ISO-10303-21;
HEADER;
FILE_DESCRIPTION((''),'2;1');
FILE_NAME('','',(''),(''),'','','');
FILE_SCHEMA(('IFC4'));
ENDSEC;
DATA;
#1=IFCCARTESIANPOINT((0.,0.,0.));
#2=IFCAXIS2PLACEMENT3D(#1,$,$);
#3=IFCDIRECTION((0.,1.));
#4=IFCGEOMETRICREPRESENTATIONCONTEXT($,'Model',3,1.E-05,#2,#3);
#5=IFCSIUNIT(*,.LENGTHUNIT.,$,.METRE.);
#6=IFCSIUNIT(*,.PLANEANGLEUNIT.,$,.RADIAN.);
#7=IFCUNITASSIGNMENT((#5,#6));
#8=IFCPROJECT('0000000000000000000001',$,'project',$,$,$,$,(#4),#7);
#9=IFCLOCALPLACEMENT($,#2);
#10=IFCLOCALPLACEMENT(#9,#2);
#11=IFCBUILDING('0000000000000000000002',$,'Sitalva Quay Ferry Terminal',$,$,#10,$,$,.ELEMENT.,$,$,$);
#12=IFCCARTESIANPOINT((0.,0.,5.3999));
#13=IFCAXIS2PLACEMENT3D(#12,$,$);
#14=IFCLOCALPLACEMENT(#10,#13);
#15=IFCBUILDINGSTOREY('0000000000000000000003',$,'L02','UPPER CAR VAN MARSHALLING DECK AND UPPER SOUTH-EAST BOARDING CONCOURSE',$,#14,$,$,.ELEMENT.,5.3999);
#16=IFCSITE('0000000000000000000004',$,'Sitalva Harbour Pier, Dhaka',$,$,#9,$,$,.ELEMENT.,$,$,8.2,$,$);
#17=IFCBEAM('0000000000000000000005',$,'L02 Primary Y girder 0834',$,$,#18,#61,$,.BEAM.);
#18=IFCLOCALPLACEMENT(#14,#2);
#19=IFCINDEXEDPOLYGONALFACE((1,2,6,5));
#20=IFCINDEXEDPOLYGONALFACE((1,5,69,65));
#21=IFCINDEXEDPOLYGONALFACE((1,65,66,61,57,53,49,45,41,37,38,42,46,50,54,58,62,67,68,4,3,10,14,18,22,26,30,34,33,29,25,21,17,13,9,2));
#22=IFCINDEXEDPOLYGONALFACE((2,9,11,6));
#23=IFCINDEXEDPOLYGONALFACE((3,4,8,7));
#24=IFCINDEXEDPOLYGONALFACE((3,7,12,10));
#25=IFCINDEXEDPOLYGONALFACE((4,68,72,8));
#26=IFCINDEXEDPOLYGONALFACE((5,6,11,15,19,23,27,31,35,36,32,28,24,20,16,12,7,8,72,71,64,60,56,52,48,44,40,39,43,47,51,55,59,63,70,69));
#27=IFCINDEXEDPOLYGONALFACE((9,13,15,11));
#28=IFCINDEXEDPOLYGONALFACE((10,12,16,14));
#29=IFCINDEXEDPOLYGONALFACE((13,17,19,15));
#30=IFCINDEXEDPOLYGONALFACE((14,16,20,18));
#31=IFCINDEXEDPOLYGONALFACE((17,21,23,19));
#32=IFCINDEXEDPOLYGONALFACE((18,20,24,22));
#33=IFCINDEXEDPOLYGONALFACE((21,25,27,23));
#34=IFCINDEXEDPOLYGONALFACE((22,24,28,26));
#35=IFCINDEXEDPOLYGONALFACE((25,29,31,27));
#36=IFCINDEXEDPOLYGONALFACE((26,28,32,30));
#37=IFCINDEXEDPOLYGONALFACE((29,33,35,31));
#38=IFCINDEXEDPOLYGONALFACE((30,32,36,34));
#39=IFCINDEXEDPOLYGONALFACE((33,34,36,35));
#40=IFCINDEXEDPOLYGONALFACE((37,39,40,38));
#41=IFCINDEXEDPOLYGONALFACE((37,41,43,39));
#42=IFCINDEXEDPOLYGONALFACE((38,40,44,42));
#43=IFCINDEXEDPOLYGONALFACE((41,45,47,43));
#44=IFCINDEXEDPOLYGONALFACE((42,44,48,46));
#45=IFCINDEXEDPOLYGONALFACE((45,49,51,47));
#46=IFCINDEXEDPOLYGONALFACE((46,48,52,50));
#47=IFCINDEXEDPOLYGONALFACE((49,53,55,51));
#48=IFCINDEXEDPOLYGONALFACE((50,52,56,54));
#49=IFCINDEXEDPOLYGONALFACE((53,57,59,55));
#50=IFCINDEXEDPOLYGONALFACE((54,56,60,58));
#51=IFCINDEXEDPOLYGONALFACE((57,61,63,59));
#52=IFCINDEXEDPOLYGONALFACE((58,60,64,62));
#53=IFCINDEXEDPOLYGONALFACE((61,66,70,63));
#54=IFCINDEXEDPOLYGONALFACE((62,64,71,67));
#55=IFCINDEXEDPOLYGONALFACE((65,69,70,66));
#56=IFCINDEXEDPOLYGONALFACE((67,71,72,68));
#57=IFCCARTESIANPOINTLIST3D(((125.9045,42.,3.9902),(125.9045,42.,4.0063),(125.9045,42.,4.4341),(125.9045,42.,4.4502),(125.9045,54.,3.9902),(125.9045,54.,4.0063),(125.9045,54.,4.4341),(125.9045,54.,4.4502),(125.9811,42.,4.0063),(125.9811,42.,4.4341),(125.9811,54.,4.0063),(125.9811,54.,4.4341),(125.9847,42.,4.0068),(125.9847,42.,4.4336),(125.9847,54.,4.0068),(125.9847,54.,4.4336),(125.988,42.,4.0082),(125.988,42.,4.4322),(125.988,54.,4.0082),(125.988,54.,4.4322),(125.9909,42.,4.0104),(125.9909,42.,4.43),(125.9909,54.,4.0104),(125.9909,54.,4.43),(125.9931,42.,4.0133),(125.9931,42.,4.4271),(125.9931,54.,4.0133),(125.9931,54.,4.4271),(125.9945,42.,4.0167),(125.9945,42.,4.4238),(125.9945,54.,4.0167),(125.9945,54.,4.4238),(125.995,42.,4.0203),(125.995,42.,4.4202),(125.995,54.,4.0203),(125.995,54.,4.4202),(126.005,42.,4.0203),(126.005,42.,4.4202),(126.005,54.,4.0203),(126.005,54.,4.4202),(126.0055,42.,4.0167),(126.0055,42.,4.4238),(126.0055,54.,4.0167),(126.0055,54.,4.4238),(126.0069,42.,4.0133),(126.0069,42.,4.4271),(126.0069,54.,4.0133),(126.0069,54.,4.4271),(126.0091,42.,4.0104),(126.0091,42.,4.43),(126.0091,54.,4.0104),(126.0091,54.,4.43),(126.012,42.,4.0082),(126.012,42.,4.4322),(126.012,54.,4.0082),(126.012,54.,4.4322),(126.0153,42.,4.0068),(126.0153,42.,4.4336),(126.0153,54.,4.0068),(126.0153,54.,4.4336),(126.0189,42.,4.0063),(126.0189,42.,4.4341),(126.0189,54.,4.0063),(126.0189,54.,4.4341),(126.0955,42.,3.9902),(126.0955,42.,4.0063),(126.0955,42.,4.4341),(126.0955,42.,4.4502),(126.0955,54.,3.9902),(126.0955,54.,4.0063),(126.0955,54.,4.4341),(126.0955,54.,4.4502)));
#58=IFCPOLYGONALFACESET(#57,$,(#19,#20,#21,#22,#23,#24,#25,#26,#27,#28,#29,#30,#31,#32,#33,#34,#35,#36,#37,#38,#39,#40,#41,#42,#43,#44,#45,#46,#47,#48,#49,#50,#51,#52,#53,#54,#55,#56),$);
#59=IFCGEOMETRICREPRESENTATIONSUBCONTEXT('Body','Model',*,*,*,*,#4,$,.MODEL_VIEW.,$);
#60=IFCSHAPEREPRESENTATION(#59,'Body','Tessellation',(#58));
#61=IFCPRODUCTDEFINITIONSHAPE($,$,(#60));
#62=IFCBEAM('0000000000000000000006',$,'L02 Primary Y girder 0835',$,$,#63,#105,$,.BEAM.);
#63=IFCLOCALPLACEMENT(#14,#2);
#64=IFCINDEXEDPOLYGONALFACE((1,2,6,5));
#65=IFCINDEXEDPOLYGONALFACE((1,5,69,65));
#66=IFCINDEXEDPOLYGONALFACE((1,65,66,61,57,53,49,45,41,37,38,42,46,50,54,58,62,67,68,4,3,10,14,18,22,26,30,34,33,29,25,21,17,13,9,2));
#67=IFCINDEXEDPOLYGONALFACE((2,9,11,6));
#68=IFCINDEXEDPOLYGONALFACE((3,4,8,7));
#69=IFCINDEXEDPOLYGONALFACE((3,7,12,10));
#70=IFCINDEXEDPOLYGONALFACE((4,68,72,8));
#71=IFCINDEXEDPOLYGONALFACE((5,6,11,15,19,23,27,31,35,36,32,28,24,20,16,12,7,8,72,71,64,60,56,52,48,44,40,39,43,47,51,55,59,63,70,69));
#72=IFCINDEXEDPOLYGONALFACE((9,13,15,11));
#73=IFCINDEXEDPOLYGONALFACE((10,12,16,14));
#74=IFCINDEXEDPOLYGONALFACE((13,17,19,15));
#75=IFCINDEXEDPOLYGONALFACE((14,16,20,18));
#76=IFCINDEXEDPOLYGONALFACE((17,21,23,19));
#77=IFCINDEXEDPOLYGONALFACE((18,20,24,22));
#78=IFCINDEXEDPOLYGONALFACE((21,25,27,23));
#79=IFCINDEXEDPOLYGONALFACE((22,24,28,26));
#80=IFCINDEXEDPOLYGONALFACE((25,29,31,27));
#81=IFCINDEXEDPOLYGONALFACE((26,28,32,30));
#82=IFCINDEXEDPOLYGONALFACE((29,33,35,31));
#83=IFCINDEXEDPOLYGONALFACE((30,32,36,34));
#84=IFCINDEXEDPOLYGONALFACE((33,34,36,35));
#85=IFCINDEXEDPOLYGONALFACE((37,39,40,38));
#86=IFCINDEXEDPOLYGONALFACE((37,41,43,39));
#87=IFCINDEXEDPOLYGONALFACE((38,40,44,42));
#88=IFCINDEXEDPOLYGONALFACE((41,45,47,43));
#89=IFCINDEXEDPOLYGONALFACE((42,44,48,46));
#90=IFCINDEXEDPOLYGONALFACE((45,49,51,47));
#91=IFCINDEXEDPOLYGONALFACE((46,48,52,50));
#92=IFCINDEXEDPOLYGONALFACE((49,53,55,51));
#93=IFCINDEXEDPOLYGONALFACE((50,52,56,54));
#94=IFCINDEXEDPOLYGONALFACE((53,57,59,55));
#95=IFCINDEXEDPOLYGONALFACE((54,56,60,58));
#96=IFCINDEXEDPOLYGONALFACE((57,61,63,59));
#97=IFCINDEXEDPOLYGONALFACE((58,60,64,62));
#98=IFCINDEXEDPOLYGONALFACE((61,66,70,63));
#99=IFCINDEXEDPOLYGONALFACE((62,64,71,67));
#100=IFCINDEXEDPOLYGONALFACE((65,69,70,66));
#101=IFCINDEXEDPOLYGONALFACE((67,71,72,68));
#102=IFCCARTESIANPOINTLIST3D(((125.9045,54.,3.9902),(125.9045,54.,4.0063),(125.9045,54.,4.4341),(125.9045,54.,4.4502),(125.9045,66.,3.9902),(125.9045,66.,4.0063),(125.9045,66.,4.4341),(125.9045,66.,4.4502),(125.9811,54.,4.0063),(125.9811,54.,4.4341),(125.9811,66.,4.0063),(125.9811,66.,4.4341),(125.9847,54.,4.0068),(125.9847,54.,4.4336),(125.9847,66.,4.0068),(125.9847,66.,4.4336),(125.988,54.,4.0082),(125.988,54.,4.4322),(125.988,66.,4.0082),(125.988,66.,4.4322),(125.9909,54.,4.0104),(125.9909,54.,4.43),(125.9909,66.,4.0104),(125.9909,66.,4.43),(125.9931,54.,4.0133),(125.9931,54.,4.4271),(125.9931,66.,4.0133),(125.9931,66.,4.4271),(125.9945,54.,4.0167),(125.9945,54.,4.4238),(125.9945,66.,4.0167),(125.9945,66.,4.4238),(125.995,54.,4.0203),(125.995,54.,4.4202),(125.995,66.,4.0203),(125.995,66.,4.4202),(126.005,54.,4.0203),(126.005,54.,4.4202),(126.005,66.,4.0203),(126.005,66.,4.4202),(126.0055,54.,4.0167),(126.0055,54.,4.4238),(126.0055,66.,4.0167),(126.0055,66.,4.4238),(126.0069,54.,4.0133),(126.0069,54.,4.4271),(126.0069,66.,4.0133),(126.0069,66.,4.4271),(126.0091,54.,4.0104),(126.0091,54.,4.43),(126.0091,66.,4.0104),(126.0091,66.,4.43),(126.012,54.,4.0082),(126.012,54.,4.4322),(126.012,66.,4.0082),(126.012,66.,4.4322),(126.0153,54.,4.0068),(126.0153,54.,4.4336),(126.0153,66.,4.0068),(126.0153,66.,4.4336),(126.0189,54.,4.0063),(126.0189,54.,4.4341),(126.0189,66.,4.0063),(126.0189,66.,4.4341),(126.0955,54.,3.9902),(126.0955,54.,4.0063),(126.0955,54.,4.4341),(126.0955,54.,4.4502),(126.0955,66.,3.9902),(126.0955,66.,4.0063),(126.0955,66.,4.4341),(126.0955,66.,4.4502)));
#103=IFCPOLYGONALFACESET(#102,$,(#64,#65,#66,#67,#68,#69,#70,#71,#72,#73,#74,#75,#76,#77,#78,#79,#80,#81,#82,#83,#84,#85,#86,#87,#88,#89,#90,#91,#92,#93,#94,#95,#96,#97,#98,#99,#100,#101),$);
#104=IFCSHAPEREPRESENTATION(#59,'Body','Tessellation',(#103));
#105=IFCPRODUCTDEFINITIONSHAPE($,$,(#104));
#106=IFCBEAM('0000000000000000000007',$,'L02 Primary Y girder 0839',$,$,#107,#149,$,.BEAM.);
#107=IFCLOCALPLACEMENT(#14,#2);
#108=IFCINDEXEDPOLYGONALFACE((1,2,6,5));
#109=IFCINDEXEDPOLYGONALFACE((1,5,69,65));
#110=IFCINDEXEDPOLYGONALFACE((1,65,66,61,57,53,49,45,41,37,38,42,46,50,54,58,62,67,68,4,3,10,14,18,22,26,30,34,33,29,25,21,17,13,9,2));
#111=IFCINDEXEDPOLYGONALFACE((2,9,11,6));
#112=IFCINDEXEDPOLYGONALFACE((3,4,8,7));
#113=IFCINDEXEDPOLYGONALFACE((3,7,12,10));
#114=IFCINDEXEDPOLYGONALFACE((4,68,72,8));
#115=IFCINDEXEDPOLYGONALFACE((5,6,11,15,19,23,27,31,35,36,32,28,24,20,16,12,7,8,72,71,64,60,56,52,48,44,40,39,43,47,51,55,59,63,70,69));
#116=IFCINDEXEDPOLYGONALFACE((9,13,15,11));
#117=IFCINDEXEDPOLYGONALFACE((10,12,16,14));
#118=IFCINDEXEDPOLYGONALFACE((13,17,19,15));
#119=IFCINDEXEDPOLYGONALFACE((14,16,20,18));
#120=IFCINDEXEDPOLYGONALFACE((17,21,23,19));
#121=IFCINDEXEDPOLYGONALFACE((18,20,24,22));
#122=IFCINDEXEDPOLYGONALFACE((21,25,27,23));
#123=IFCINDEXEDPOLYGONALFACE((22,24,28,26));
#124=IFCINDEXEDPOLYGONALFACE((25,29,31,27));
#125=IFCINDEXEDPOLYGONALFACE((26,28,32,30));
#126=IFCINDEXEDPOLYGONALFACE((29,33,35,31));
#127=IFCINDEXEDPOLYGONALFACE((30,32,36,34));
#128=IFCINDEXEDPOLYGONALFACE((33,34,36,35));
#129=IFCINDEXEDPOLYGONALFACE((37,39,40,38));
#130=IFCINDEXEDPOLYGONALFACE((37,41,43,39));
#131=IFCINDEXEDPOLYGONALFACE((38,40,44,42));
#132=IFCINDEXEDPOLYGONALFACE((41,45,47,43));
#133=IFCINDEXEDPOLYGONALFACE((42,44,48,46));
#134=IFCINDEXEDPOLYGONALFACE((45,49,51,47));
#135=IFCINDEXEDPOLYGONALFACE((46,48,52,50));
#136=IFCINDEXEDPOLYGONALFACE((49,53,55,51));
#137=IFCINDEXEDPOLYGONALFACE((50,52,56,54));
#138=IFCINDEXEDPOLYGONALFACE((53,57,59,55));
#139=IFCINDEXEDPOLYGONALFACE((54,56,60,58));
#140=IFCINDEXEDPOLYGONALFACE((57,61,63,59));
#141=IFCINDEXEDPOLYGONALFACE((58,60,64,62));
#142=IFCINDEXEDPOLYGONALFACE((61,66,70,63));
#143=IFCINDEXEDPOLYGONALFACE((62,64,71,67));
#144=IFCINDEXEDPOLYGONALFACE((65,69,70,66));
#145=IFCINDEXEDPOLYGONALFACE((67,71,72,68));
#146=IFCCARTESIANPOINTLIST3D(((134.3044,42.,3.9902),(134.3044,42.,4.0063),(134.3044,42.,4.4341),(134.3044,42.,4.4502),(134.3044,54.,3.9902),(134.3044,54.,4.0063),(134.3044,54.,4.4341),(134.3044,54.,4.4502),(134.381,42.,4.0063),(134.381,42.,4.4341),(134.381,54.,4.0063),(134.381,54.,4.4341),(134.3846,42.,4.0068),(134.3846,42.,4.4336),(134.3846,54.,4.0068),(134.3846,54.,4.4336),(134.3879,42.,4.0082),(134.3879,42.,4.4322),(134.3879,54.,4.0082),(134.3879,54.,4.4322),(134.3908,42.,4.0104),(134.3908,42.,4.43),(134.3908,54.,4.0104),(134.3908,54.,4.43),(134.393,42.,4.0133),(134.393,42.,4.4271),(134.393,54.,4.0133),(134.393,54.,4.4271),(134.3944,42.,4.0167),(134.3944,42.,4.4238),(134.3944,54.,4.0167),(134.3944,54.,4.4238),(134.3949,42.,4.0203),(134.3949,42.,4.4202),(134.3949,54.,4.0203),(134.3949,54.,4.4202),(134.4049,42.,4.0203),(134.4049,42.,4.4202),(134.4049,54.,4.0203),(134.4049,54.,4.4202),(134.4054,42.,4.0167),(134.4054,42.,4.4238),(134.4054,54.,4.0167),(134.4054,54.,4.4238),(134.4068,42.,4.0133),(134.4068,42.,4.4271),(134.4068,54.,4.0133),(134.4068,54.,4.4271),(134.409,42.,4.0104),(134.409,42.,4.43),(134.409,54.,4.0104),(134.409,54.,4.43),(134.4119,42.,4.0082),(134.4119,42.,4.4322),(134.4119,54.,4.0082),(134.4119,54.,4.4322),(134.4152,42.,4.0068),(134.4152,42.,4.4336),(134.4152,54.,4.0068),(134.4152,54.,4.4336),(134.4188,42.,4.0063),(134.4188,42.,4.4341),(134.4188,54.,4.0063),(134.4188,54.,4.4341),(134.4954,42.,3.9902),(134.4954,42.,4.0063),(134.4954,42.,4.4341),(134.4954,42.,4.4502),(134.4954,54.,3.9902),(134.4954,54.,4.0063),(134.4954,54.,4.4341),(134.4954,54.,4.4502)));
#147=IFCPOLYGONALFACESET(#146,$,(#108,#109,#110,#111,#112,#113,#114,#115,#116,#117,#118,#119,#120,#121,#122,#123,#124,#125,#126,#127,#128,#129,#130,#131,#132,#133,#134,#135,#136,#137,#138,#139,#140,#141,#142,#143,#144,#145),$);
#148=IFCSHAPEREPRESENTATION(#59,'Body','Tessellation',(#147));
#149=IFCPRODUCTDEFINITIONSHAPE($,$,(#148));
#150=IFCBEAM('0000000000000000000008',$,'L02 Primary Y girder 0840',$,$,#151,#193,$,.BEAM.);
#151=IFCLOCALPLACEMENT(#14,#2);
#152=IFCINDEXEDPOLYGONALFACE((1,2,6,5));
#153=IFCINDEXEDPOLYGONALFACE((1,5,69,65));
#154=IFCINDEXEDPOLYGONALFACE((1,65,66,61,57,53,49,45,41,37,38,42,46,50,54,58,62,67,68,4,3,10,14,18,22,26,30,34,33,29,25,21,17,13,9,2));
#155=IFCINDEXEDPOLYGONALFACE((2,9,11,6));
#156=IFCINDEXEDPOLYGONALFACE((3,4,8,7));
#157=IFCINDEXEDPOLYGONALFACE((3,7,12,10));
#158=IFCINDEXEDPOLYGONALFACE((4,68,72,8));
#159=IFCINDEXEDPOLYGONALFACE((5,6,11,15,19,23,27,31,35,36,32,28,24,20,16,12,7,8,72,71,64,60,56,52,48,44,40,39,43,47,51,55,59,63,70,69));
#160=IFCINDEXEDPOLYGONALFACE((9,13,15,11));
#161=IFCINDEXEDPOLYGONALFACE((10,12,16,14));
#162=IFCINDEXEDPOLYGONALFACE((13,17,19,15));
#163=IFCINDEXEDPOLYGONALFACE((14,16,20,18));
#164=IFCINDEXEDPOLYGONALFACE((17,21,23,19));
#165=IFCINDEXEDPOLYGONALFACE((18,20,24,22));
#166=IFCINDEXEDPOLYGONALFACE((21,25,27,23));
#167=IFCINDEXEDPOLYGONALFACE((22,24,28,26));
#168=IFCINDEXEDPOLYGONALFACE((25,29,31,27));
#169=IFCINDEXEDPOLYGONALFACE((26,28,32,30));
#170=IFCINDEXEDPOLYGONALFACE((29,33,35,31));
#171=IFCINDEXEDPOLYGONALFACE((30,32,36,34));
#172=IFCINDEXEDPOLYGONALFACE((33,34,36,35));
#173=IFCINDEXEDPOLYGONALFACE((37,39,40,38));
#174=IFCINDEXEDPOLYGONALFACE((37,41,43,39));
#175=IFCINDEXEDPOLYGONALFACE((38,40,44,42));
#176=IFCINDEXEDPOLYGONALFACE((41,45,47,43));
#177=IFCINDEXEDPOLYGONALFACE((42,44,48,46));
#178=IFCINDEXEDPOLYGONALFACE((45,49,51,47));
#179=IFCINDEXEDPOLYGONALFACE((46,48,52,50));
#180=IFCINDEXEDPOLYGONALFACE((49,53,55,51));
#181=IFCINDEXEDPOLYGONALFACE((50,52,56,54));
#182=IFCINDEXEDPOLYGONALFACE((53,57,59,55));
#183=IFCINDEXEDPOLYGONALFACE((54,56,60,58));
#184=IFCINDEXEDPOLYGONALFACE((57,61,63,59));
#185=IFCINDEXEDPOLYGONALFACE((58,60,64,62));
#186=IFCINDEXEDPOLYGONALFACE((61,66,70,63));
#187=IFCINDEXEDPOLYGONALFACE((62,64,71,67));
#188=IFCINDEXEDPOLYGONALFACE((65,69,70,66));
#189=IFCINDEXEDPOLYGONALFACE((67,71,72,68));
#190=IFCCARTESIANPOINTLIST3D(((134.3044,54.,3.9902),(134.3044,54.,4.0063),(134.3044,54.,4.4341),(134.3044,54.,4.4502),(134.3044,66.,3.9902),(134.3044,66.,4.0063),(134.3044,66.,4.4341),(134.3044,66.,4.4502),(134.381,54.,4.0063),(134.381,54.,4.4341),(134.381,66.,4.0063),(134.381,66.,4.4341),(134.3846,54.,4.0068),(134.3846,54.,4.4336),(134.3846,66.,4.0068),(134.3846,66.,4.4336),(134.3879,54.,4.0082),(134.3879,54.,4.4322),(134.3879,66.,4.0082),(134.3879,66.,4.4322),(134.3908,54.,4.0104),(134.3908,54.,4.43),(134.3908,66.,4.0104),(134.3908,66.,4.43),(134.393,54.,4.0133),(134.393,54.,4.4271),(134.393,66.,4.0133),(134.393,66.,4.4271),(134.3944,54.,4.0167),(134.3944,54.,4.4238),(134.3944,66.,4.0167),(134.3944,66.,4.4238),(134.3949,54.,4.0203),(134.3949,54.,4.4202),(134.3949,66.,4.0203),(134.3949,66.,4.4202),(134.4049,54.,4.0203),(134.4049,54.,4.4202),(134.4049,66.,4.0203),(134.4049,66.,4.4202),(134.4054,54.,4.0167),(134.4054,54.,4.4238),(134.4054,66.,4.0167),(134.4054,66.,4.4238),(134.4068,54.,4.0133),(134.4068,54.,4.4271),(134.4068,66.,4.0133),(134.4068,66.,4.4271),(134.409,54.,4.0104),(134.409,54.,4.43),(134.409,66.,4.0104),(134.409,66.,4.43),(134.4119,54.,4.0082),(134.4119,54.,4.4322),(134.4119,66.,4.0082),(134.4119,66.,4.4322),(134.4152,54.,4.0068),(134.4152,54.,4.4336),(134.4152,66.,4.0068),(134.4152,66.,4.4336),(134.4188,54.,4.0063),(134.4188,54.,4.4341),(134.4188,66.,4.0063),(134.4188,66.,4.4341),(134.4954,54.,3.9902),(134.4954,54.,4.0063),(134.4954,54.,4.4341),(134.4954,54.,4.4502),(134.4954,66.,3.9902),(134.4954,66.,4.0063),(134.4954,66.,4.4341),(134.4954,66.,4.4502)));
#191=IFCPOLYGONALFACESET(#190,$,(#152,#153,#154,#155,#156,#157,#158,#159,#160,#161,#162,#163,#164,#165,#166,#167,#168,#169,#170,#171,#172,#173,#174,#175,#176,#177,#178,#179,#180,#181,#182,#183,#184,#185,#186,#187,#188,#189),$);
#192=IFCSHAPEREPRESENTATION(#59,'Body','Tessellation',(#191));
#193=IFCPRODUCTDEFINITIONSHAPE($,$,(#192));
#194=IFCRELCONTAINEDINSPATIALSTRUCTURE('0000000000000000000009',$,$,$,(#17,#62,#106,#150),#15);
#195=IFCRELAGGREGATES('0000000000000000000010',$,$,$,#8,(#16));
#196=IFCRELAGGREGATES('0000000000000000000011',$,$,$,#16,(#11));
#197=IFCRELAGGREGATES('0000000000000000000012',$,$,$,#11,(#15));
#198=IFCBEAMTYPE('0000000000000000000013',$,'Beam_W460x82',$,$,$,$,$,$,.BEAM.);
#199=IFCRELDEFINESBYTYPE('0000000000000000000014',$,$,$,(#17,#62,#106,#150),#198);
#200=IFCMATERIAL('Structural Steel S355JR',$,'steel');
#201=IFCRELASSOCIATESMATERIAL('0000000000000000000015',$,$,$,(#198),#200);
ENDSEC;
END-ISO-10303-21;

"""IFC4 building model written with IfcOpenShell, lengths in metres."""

from ifc_helpers import new_model, si_unit, direction, frame, origin, origin_2d, place, context, subcontext, project, spatial, i_section, extrude, material, material_profile, profile_set, type_object, element, save


model = new_model("IFC4")

# Units and contexts
model_context = context("Model", 3, precision=1e-05, world=origin(), true_north=direction((0.0, 1.0)))
body_context = subcontext(model_context, "Body", "Model", "MODEL_VIEW")
ifc_project = project(units=[si_unit("LENGTHUNIT", "METRE"), si_unit("PLANEANGLEUNIT", "RADIAN")], contexts=[model_context])

# Site, building, storey
site_placement = place(None, origin())
site = spatial("IfcSite", under=ifc_project, at=site_placement, Name="Sitalva Harbour Pier, Dhaka", CompositionType="ELEMENT", RefElevation=8.2)
building_placement = place(site_placement, origin())
building = spatial("IfcBuilding", under=site, at=building_placement, Name="Sitalva Quay Ferry Terminal", CompositionType="ELEMENT")
storey_placement = place(building_placement, frame((0.0, 0.0, 5.3999)))
storey = spatial("IfcBuildingStorey", under=building, at=storey_placement, Name="L02", Description="UPPER CAR VAN MARSHALLING DECK AND UPPER SOUTH-EAST BOARDING CONCOURSE", CompositionType="ELEMENT", Elevation=5.3999)

# Beams
ifc_material_1 = material(Name="Structural Steel S355JR", Category="steel")
ifc_material_profile_1 = material_profile(ifc_material_1, i_section(OverallWidth=0.1909, OverallDepth=0.46, WebThickness=0.01, FlangeThickness=0.0161, FilletRadius=0.0139, at=origin_2d()), Name="W460x82")
ifc_profile_set_1 = profile_set([ifc_material_profile_1], Name="Structural Steel S355JR")
beam_type_1 = type_object("IfcBeamType", Name="Beam_W460x82", PredefinedType="BEAM", material=ifc_profile_set_1)
for number, where, z_axis, x_axis, name in (
    (1, (126.0, 42.0, 4.2202), (0.0, 1.0, 0.0), (-1.0, 0.0, 0.0), "L02 Primary Y girder 0834"),
    (2, (126.0, 54.0, 4.2202), (0.0, 1.0, 0.0), (-1.0, 0.0, 0.0), "L02 Primary Y girder 0835"),
    (3, (134.3999, 42.0, 4.2202), (0.0, 1.0, 0.0), (-1.0, 0.0, 0.0), "L02 Primary Y girder 0839"),
    (4, (134.3999, 54.0, 4.2202), (0.0, 1.0, 0.0), (-1.0, 0.0, 0.0), "L02 Primary Y girder 0840"),
):
    element("IfcBeam", number, at=place(storey_placement, frame(where, z_axis=z_axis, x_axis=x_axis)), inside=storey, type_object=beam_type_1, Name=name, PredefinedType="BEAM", context=body_context, shape_type="SweptSolid", body=[
        extrude(i_section(OverallWidth=0.1909, OverallDepth=0.46, WebThickness=0.01, FlangeThickness=0.0161, FilletRadius=0.0139, at=origin_2d()), origin(), (0.0, 0.0, 1.0), 12.0),
    ])

save(model, "model.ifc")
